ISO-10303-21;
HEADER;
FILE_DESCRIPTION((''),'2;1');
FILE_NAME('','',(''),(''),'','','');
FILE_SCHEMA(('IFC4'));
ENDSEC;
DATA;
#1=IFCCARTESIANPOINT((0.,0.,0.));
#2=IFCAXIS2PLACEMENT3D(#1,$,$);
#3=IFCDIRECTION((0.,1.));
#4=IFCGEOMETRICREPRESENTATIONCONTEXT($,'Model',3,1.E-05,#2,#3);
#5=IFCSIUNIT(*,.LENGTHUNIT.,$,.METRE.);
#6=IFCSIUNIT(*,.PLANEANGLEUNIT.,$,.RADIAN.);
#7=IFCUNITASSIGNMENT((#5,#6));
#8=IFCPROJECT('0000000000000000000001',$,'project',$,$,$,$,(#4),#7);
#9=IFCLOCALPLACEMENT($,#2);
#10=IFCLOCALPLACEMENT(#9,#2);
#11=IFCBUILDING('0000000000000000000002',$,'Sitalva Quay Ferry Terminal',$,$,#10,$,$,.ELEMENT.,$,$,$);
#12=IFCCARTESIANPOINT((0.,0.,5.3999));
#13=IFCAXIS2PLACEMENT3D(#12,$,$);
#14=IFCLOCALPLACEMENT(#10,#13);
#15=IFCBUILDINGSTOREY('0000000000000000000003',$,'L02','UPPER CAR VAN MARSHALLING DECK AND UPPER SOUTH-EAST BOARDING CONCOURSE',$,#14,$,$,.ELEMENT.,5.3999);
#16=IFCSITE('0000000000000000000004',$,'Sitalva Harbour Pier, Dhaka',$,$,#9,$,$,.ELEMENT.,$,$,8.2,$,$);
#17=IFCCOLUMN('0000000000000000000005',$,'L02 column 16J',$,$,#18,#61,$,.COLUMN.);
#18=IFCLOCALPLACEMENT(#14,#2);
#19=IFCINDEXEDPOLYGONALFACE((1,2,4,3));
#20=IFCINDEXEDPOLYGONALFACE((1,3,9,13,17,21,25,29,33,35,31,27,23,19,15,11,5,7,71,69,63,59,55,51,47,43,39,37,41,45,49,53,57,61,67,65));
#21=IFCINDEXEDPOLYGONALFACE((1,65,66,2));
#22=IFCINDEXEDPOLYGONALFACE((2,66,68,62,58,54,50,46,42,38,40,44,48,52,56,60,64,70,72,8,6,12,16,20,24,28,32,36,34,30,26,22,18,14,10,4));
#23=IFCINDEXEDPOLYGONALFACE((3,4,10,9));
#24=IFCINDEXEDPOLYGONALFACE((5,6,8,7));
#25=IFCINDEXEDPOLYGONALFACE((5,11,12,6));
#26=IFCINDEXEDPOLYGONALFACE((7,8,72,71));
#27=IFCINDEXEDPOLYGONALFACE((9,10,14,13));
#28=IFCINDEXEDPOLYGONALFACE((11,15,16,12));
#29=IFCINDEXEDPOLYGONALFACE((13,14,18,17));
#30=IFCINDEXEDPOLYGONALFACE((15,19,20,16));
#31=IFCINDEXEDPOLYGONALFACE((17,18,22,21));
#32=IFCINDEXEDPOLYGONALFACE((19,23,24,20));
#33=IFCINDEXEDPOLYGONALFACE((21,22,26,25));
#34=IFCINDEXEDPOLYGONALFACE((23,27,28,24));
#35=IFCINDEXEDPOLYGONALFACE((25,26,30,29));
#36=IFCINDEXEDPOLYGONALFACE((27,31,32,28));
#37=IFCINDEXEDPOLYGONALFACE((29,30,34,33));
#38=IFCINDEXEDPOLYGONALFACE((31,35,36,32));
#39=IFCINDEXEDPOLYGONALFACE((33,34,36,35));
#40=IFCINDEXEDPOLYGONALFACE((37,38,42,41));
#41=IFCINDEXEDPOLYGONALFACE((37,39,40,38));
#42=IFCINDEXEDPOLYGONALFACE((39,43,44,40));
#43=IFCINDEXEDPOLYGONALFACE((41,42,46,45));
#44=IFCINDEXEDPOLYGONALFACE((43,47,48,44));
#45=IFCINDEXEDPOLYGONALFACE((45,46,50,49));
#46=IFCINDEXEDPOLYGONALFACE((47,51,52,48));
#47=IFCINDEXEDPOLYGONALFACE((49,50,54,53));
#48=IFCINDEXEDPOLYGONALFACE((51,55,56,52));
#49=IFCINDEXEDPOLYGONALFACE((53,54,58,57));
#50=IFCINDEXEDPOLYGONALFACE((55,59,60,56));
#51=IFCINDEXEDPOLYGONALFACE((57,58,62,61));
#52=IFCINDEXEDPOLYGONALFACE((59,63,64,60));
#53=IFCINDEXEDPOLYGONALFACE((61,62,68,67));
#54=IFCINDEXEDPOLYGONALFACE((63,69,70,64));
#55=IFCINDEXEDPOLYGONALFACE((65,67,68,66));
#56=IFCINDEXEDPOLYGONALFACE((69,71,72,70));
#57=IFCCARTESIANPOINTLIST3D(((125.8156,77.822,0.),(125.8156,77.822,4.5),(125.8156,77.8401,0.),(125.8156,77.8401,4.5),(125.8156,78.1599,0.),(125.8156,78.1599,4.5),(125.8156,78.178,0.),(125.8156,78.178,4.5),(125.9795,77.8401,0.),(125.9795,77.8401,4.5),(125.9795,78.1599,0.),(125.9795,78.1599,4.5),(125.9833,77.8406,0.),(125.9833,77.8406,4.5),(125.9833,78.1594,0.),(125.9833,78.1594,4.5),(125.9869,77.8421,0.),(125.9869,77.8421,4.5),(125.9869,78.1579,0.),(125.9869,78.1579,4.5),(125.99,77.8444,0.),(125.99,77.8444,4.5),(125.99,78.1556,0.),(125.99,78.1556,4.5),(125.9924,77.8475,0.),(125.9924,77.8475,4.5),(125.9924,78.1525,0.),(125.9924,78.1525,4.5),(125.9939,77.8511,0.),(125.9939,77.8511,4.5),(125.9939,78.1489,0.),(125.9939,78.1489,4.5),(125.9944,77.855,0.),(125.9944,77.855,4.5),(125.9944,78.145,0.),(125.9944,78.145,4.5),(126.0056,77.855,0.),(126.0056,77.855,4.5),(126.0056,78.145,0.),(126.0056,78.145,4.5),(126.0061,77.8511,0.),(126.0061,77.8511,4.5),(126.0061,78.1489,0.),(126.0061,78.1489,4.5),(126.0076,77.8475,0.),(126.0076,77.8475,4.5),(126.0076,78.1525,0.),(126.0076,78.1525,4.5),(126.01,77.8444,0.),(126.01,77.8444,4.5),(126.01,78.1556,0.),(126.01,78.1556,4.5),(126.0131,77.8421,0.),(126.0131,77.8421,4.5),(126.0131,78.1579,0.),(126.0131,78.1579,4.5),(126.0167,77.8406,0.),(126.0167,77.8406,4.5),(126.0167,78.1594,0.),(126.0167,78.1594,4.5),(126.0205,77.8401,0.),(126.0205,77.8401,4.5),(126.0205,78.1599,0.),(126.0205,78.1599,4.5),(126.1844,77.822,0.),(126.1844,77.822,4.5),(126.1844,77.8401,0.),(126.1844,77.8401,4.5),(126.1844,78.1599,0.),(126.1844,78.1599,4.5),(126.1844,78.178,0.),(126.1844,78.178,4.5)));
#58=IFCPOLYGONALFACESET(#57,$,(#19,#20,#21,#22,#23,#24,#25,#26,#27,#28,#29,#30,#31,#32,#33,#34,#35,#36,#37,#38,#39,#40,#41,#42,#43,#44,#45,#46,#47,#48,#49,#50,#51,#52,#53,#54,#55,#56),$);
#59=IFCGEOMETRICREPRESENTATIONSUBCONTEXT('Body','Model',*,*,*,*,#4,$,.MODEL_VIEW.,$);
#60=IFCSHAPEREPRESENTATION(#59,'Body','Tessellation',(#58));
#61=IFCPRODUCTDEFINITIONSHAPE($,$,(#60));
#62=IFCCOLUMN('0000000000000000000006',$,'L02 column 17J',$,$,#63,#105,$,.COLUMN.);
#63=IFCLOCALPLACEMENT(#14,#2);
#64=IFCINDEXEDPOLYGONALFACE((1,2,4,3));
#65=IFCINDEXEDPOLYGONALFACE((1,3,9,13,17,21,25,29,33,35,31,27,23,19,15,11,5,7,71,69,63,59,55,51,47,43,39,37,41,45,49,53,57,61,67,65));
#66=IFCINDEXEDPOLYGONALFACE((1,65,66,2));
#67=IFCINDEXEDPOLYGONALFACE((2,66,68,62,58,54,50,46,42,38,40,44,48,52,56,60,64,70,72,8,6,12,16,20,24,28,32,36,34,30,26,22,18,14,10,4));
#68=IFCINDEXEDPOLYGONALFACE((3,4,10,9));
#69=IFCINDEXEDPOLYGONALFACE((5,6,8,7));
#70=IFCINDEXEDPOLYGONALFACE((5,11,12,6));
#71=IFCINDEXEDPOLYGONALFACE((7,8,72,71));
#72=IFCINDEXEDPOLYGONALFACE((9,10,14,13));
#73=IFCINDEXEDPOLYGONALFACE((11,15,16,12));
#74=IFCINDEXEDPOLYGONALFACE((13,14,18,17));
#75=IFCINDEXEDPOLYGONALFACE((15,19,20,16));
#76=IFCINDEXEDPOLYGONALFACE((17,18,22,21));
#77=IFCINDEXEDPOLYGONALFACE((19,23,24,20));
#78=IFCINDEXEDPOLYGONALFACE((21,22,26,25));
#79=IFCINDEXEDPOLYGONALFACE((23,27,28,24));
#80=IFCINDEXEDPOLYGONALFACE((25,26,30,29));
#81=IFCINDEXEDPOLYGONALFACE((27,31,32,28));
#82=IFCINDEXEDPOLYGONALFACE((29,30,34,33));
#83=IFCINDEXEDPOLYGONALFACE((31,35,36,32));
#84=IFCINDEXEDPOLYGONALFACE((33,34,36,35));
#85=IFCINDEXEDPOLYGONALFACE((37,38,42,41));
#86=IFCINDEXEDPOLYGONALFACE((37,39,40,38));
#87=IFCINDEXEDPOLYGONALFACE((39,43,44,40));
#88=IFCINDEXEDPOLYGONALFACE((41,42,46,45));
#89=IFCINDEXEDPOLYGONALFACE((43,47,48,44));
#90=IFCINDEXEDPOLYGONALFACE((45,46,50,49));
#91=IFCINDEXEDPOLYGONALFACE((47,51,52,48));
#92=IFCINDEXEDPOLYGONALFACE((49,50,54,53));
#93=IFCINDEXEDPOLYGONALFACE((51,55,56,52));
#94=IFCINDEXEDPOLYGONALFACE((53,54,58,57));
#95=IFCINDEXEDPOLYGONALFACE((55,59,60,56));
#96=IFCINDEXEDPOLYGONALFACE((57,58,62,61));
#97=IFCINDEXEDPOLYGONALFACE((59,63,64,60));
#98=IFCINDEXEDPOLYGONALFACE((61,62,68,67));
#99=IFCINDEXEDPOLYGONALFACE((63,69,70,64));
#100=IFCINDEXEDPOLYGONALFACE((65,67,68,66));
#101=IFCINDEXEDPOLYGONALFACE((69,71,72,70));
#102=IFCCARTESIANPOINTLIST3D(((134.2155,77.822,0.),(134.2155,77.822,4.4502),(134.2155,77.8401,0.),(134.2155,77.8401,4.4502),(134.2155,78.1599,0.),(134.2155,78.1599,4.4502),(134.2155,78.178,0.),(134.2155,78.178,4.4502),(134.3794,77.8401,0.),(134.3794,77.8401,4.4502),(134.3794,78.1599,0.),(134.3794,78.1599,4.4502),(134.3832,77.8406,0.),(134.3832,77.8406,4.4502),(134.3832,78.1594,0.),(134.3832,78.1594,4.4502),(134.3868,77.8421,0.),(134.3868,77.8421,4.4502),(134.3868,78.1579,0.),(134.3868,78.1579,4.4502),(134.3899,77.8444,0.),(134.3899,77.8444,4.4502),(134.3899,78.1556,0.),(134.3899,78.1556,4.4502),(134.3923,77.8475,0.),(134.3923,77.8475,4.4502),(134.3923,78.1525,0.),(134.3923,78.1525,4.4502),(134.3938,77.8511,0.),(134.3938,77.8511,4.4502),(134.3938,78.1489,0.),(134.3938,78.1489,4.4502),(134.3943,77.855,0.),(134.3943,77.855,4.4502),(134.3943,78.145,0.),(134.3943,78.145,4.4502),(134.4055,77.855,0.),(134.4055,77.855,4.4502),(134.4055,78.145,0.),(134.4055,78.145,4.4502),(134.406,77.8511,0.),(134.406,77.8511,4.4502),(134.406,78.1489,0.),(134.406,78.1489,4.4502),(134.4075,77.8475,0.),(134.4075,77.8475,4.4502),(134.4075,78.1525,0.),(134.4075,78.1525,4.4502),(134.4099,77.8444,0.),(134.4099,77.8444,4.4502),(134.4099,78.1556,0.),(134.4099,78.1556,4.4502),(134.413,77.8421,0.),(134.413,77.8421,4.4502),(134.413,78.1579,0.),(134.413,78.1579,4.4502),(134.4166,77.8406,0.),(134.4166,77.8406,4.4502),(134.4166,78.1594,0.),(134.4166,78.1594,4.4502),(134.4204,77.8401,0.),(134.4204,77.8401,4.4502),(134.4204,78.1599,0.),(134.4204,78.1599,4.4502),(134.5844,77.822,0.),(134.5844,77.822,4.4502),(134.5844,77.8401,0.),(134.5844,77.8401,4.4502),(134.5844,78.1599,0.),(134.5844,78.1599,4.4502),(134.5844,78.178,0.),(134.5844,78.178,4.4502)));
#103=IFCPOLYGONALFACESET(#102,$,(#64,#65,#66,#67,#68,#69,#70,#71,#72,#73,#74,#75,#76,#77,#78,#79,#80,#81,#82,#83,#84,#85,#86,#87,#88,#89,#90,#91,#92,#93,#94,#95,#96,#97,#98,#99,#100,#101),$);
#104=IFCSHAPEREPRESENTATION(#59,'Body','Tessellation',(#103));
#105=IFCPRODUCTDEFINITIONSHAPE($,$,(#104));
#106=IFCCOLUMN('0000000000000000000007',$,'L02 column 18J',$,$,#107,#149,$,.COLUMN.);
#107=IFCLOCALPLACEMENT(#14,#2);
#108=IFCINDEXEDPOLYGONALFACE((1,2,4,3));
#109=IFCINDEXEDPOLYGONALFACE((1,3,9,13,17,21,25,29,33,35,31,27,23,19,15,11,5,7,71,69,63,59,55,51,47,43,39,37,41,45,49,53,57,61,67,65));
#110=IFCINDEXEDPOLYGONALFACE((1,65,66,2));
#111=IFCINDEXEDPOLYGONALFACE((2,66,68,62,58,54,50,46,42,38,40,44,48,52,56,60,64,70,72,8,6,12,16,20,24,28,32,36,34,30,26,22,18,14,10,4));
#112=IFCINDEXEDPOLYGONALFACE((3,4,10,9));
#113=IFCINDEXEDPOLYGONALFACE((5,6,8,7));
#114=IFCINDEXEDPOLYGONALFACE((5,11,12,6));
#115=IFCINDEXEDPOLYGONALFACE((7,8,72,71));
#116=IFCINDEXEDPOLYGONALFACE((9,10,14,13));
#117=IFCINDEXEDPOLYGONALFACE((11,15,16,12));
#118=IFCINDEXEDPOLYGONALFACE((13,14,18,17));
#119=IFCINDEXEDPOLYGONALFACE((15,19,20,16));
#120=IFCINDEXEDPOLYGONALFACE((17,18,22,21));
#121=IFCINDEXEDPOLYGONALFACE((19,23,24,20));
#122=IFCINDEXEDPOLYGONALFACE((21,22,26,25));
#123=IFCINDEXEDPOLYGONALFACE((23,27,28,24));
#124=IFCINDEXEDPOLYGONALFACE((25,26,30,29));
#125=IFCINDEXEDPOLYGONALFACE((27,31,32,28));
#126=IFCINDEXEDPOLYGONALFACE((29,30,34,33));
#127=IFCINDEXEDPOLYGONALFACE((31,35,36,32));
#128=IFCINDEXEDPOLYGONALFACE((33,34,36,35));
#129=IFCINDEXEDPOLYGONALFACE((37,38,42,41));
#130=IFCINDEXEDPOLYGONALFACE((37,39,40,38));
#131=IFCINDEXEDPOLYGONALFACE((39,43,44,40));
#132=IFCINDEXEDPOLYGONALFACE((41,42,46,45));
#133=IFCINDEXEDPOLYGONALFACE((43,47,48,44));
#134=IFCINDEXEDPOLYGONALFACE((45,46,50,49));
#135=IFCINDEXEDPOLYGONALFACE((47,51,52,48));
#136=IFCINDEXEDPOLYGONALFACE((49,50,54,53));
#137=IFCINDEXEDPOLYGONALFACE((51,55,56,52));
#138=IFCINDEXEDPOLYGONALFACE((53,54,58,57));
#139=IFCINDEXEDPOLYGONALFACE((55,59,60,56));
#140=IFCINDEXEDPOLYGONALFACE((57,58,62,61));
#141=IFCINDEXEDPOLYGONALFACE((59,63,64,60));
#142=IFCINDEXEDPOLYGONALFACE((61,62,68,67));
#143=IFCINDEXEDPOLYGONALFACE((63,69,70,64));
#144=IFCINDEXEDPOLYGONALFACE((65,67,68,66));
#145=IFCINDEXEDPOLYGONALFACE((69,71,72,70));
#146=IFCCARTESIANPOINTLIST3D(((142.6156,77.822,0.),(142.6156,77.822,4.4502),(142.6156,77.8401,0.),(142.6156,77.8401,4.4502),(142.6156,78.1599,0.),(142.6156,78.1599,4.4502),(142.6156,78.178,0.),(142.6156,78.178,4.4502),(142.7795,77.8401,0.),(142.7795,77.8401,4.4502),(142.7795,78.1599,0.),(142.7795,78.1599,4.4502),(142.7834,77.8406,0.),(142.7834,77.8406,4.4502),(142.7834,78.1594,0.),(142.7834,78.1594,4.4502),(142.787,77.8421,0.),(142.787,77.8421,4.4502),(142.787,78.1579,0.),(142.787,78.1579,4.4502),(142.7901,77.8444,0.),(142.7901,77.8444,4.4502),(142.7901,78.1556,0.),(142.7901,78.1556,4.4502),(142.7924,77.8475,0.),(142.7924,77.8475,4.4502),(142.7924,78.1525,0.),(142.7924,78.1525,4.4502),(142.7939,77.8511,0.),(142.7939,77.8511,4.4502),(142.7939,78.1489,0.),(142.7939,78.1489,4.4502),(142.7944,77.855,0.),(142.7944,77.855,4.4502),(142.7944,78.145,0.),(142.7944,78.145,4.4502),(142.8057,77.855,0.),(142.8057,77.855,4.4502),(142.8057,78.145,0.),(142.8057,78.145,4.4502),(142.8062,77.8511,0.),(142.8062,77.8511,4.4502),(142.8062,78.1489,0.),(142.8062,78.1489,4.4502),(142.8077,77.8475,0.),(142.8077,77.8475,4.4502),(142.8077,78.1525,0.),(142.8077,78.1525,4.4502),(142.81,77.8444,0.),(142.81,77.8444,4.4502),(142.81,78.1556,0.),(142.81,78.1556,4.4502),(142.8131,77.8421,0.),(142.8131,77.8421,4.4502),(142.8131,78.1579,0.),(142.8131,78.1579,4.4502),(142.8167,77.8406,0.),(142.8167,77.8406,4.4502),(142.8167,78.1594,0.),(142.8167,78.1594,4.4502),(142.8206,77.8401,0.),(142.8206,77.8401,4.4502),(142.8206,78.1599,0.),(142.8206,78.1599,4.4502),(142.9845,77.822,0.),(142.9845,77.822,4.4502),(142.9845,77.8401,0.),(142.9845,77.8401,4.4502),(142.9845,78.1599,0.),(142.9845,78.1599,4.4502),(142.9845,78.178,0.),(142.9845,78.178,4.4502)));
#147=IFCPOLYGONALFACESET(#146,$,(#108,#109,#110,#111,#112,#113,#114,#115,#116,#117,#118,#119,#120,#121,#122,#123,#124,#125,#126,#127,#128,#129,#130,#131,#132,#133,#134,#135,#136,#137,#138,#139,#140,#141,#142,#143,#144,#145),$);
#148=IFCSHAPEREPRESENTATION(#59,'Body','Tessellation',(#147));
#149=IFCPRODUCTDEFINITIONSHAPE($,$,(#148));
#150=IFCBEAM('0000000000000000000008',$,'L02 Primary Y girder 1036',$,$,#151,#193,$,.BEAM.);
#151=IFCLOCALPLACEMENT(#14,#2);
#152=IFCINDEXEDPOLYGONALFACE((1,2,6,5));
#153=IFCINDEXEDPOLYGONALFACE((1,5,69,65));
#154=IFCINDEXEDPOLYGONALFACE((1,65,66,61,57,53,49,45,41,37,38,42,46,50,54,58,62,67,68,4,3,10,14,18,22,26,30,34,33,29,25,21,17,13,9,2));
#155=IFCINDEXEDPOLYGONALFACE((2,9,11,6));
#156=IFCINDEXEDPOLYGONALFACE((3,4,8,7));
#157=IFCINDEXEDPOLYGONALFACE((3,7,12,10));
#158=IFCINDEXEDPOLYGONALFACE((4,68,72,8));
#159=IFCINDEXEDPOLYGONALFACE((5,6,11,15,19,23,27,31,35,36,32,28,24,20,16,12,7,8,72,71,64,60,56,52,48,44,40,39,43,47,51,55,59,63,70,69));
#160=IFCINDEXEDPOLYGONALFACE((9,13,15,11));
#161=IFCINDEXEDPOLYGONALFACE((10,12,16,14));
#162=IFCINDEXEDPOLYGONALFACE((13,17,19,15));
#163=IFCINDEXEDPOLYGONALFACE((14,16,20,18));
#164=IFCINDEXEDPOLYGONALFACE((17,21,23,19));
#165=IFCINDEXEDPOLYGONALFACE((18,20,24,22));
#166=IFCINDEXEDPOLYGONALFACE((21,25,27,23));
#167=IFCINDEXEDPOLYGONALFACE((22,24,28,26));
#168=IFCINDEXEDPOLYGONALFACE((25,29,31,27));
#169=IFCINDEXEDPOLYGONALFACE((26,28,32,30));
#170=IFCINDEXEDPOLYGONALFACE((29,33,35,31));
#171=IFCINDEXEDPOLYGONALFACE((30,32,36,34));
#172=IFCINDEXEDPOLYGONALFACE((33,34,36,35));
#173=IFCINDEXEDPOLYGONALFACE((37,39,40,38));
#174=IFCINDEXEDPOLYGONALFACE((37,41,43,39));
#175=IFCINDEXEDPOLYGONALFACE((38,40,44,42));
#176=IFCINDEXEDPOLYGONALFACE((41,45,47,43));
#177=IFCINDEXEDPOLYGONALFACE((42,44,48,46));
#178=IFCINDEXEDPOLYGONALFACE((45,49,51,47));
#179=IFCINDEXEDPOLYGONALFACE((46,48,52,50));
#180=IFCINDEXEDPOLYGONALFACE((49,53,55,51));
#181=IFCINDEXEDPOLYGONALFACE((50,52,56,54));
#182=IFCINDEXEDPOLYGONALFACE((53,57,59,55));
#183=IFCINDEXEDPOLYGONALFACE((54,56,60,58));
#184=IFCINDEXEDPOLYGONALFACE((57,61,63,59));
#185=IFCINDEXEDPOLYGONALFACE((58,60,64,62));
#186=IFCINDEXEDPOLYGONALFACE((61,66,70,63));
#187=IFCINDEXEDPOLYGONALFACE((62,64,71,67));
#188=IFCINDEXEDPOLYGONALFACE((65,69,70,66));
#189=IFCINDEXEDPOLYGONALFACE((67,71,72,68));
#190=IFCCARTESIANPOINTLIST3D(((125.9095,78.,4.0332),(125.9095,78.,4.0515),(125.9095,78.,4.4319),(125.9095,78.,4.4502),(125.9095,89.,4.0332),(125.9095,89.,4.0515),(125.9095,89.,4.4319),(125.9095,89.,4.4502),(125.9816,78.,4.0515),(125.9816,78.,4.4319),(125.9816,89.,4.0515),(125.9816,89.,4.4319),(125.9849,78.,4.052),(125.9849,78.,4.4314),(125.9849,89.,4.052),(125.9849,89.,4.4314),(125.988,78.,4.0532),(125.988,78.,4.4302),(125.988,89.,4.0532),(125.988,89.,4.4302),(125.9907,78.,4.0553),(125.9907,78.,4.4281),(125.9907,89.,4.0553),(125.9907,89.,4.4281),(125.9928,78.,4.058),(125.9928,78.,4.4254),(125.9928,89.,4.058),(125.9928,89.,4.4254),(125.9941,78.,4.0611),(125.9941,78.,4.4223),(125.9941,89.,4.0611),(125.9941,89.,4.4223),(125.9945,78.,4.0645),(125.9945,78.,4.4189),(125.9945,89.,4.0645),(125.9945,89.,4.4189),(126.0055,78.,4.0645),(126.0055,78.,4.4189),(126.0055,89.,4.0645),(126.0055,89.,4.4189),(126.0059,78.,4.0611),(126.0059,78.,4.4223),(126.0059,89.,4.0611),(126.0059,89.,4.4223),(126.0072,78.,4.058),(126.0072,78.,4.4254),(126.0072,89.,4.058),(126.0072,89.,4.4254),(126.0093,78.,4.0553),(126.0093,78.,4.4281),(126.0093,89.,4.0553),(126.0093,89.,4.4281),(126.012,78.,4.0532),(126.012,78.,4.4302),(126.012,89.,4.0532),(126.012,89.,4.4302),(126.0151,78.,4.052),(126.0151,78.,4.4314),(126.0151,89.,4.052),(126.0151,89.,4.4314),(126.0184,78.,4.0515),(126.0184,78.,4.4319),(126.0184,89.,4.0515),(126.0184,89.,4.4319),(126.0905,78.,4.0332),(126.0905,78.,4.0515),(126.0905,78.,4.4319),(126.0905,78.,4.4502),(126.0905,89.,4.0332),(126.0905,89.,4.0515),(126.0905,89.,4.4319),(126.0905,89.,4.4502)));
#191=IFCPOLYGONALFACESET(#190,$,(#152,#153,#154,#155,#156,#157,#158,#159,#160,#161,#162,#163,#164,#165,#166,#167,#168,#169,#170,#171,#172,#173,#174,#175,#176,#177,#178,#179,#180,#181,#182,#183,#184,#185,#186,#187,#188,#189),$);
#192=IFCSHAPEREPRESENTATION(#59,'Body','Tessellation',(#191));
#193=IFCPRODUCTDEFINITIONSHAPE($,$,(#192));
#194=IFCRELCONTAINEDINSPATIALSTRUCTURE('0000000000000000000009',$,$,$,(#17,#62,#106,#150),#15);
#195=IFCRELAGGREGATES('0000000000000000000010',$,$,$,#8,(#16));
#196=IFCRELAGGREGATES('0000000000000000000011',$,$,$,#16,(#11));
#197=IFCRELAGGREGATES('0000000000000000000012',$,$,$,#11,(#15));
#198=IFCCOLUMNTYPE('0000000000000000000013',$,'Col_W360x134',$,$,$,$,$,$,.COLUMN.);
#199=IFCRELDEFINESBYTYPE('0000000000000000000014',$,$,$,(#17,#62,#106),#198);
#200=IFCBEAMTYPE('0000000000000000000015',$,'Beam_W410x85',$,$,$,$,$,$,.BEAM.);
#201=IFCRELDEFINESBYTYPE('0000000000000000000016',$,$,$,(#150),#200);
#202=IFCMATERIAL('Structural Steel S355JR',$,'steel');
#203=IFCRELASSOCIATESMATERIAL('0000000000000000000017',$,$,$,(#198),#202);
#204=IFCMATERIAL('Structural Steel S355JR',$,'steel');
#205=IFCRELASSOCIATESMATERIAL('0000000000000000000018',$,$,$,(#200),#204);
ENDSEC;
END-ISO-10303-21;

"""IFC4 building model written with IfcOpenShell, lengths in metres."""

from ifc_helpers import new_model, si_unit, direction, frame, origin, origin_2d, place, context, subcontext, project, spatial, i_section, extrude, material, material_profile, profile_set, type_object, element, save


model = new_model("IFC4")

# Units and contexts
model_context = context("Model", 3, precision=1e-05, world=origin(), true_north=direction((0.0, 1.0)))
body_context = subcontext(model_context, "Body", "Model", "MODEL_VIEW")
ifc_project = project(units=[si_unit("LENGTHUNIT", "METRE"), si_unit("PLANEANGLEUNIT", "RADIAN")], contexts=[model_context])

# Site, building, storey
site_placement = place(None, origin())
site = spatial("IfcSite", under=ifc_project, at=site_placement, Name="Sitalva Harbour Pier, Dhaka", CompositionType="ELEMENT", RefElevation=8.2)
building_placement = place(site_placement, origin())
building = spatial("IfcBuilding", under=site, at=building_placement, Name="Sitalva Quay Ferry Terminal", CompositionType="ELEMENT")
storey_placement = place(building_placement, frame((0.0, 0.0, 5.3999)))
storey = spatial("IfcBuildingStorey", under=building, at=storey_placement, Name="L02", Description="UPPER CAR VAN MARSHALLING DECK AND UPPER SOUTH-EAST BOARDING CONCOURSE", CompositionType="ELEMENT", Elevation=5.3999)

# Columns
ifc_material_1 = material(Name="Structural Steel S355JR", Category="steel")
ifc_material_profile_1 = material_profile(ifc_material_1, i_section(OverallWidth=0.3689, OverallDepth=0.356, WebThickness=0.0112, FlangeThickness=0.0181, FilletRadius=0.0149, at=origin_2d()), Name="W360x134")
ifc_profile_set_1 = profile_set([ifc_material_profile_1], Name="Structural Steel S355JR")
column_type = type_object("IfcColumnType", Name="Col_W360x134", PredefinedType="COLUMN", material=ifc_profile_set_1)
column_placement = place(storey_placement, frame((126.0, 78.0, 0.0), z_axis=(0.0, 0.0, 1.0), x_axis=(1.0, 0.0, 0.0)))
element("IfcColumn", 1, at=column_placement, inside=storey, type_object=column_type, Name="L02 column 16J", PredefinedType="COLUMN", context=body_context, shape_type="SweptSolid", body=[
    extrude(i_section(OverallWidth=0.3689, OverallDepth=0.356, WebThickness=0.0112, FlangeThickness=0.0181, FilletRadius=0.0149, at=origin_2d()), origin(), (0.0, 0.0, 1.0), 4.5),
])
for number, where, z_axis, x_axis, name in (
    (2, (134.3999, 78.0, 0.0), (0.0, 0.0, 1.0), (1.0, 0.0, 0.0), "L02 column 17J"),
    (3, (142.8, 78.0, 0.0), (0.0, 0.0, 1.0), (1.0, 0.0, 0.0), "L02 column 18J"),
):
    element("IfcColumn", number, at=place(storey_placement, frame(where, z_axis=z_axis, x_axis=x_axis)), inside=storey, type_object=column_type, Name=name, PredefinedType="COLUMN", context=body_context, shape_type="SweptSolid", body=[
        extrude(i_section(OverallWidth=0.3689, OverallDepth=0.356, WebThickness=0.0112, FlangeThickness=0.0181, FilletRadius=0.0149, at=origin_2d()), origin(), (0.0, 0.0, 1.0), 4.4502),
    ])

# Beam
ifc_material_2 = material(Name="Structural Steel S355JR", Category="steel")
ifc_material_profile_2 = material_profile(ifc_material_2, i_section(OverallWidth=0.1809, OverallDepth=0.417, WebThickness=0.011, FlangeThickness=0.0183, FilletRadius=0.0129, at=origin_2d()), Name="W410x85")
ifc_profile_set_2 = profile_set([ifc_material_profile_2], Name="Structural Steel S355JR")
beam_type_1 = type_object("IfcBeamType", Name="Beam_W410x85", PredefinedType="BEAM", material=ifc_profile_set_2)
for number, where, z_axis, x_axis, name in (
    (4, (126.0, 78.0, 4.2417), (0.0, 1.0, 0.0), (-1.0, 0.0, 0.0), "L02 Primary Y girder 1036"),
):
    element("IfcBeam", number, at=place(storey_placement, frame(where, z_axis=z_axis, x_axis=x_axis)), inside=storey, type_object=beam_type_1, Name=name, PredefinedType="BEAM", context=body_context, shape_type="SweptSolid", body=[
        extrude(i_section(OverallWidth=0.1809, OverallDepth=0.417, WebThickness=0.011, FlangeThickness=0.0183, FilletRadius=0.0129, at=origin_2d()), origin(), (0.0, 0.0, 1.0), 11.0),
    ])

save(model, "model.ifc")
